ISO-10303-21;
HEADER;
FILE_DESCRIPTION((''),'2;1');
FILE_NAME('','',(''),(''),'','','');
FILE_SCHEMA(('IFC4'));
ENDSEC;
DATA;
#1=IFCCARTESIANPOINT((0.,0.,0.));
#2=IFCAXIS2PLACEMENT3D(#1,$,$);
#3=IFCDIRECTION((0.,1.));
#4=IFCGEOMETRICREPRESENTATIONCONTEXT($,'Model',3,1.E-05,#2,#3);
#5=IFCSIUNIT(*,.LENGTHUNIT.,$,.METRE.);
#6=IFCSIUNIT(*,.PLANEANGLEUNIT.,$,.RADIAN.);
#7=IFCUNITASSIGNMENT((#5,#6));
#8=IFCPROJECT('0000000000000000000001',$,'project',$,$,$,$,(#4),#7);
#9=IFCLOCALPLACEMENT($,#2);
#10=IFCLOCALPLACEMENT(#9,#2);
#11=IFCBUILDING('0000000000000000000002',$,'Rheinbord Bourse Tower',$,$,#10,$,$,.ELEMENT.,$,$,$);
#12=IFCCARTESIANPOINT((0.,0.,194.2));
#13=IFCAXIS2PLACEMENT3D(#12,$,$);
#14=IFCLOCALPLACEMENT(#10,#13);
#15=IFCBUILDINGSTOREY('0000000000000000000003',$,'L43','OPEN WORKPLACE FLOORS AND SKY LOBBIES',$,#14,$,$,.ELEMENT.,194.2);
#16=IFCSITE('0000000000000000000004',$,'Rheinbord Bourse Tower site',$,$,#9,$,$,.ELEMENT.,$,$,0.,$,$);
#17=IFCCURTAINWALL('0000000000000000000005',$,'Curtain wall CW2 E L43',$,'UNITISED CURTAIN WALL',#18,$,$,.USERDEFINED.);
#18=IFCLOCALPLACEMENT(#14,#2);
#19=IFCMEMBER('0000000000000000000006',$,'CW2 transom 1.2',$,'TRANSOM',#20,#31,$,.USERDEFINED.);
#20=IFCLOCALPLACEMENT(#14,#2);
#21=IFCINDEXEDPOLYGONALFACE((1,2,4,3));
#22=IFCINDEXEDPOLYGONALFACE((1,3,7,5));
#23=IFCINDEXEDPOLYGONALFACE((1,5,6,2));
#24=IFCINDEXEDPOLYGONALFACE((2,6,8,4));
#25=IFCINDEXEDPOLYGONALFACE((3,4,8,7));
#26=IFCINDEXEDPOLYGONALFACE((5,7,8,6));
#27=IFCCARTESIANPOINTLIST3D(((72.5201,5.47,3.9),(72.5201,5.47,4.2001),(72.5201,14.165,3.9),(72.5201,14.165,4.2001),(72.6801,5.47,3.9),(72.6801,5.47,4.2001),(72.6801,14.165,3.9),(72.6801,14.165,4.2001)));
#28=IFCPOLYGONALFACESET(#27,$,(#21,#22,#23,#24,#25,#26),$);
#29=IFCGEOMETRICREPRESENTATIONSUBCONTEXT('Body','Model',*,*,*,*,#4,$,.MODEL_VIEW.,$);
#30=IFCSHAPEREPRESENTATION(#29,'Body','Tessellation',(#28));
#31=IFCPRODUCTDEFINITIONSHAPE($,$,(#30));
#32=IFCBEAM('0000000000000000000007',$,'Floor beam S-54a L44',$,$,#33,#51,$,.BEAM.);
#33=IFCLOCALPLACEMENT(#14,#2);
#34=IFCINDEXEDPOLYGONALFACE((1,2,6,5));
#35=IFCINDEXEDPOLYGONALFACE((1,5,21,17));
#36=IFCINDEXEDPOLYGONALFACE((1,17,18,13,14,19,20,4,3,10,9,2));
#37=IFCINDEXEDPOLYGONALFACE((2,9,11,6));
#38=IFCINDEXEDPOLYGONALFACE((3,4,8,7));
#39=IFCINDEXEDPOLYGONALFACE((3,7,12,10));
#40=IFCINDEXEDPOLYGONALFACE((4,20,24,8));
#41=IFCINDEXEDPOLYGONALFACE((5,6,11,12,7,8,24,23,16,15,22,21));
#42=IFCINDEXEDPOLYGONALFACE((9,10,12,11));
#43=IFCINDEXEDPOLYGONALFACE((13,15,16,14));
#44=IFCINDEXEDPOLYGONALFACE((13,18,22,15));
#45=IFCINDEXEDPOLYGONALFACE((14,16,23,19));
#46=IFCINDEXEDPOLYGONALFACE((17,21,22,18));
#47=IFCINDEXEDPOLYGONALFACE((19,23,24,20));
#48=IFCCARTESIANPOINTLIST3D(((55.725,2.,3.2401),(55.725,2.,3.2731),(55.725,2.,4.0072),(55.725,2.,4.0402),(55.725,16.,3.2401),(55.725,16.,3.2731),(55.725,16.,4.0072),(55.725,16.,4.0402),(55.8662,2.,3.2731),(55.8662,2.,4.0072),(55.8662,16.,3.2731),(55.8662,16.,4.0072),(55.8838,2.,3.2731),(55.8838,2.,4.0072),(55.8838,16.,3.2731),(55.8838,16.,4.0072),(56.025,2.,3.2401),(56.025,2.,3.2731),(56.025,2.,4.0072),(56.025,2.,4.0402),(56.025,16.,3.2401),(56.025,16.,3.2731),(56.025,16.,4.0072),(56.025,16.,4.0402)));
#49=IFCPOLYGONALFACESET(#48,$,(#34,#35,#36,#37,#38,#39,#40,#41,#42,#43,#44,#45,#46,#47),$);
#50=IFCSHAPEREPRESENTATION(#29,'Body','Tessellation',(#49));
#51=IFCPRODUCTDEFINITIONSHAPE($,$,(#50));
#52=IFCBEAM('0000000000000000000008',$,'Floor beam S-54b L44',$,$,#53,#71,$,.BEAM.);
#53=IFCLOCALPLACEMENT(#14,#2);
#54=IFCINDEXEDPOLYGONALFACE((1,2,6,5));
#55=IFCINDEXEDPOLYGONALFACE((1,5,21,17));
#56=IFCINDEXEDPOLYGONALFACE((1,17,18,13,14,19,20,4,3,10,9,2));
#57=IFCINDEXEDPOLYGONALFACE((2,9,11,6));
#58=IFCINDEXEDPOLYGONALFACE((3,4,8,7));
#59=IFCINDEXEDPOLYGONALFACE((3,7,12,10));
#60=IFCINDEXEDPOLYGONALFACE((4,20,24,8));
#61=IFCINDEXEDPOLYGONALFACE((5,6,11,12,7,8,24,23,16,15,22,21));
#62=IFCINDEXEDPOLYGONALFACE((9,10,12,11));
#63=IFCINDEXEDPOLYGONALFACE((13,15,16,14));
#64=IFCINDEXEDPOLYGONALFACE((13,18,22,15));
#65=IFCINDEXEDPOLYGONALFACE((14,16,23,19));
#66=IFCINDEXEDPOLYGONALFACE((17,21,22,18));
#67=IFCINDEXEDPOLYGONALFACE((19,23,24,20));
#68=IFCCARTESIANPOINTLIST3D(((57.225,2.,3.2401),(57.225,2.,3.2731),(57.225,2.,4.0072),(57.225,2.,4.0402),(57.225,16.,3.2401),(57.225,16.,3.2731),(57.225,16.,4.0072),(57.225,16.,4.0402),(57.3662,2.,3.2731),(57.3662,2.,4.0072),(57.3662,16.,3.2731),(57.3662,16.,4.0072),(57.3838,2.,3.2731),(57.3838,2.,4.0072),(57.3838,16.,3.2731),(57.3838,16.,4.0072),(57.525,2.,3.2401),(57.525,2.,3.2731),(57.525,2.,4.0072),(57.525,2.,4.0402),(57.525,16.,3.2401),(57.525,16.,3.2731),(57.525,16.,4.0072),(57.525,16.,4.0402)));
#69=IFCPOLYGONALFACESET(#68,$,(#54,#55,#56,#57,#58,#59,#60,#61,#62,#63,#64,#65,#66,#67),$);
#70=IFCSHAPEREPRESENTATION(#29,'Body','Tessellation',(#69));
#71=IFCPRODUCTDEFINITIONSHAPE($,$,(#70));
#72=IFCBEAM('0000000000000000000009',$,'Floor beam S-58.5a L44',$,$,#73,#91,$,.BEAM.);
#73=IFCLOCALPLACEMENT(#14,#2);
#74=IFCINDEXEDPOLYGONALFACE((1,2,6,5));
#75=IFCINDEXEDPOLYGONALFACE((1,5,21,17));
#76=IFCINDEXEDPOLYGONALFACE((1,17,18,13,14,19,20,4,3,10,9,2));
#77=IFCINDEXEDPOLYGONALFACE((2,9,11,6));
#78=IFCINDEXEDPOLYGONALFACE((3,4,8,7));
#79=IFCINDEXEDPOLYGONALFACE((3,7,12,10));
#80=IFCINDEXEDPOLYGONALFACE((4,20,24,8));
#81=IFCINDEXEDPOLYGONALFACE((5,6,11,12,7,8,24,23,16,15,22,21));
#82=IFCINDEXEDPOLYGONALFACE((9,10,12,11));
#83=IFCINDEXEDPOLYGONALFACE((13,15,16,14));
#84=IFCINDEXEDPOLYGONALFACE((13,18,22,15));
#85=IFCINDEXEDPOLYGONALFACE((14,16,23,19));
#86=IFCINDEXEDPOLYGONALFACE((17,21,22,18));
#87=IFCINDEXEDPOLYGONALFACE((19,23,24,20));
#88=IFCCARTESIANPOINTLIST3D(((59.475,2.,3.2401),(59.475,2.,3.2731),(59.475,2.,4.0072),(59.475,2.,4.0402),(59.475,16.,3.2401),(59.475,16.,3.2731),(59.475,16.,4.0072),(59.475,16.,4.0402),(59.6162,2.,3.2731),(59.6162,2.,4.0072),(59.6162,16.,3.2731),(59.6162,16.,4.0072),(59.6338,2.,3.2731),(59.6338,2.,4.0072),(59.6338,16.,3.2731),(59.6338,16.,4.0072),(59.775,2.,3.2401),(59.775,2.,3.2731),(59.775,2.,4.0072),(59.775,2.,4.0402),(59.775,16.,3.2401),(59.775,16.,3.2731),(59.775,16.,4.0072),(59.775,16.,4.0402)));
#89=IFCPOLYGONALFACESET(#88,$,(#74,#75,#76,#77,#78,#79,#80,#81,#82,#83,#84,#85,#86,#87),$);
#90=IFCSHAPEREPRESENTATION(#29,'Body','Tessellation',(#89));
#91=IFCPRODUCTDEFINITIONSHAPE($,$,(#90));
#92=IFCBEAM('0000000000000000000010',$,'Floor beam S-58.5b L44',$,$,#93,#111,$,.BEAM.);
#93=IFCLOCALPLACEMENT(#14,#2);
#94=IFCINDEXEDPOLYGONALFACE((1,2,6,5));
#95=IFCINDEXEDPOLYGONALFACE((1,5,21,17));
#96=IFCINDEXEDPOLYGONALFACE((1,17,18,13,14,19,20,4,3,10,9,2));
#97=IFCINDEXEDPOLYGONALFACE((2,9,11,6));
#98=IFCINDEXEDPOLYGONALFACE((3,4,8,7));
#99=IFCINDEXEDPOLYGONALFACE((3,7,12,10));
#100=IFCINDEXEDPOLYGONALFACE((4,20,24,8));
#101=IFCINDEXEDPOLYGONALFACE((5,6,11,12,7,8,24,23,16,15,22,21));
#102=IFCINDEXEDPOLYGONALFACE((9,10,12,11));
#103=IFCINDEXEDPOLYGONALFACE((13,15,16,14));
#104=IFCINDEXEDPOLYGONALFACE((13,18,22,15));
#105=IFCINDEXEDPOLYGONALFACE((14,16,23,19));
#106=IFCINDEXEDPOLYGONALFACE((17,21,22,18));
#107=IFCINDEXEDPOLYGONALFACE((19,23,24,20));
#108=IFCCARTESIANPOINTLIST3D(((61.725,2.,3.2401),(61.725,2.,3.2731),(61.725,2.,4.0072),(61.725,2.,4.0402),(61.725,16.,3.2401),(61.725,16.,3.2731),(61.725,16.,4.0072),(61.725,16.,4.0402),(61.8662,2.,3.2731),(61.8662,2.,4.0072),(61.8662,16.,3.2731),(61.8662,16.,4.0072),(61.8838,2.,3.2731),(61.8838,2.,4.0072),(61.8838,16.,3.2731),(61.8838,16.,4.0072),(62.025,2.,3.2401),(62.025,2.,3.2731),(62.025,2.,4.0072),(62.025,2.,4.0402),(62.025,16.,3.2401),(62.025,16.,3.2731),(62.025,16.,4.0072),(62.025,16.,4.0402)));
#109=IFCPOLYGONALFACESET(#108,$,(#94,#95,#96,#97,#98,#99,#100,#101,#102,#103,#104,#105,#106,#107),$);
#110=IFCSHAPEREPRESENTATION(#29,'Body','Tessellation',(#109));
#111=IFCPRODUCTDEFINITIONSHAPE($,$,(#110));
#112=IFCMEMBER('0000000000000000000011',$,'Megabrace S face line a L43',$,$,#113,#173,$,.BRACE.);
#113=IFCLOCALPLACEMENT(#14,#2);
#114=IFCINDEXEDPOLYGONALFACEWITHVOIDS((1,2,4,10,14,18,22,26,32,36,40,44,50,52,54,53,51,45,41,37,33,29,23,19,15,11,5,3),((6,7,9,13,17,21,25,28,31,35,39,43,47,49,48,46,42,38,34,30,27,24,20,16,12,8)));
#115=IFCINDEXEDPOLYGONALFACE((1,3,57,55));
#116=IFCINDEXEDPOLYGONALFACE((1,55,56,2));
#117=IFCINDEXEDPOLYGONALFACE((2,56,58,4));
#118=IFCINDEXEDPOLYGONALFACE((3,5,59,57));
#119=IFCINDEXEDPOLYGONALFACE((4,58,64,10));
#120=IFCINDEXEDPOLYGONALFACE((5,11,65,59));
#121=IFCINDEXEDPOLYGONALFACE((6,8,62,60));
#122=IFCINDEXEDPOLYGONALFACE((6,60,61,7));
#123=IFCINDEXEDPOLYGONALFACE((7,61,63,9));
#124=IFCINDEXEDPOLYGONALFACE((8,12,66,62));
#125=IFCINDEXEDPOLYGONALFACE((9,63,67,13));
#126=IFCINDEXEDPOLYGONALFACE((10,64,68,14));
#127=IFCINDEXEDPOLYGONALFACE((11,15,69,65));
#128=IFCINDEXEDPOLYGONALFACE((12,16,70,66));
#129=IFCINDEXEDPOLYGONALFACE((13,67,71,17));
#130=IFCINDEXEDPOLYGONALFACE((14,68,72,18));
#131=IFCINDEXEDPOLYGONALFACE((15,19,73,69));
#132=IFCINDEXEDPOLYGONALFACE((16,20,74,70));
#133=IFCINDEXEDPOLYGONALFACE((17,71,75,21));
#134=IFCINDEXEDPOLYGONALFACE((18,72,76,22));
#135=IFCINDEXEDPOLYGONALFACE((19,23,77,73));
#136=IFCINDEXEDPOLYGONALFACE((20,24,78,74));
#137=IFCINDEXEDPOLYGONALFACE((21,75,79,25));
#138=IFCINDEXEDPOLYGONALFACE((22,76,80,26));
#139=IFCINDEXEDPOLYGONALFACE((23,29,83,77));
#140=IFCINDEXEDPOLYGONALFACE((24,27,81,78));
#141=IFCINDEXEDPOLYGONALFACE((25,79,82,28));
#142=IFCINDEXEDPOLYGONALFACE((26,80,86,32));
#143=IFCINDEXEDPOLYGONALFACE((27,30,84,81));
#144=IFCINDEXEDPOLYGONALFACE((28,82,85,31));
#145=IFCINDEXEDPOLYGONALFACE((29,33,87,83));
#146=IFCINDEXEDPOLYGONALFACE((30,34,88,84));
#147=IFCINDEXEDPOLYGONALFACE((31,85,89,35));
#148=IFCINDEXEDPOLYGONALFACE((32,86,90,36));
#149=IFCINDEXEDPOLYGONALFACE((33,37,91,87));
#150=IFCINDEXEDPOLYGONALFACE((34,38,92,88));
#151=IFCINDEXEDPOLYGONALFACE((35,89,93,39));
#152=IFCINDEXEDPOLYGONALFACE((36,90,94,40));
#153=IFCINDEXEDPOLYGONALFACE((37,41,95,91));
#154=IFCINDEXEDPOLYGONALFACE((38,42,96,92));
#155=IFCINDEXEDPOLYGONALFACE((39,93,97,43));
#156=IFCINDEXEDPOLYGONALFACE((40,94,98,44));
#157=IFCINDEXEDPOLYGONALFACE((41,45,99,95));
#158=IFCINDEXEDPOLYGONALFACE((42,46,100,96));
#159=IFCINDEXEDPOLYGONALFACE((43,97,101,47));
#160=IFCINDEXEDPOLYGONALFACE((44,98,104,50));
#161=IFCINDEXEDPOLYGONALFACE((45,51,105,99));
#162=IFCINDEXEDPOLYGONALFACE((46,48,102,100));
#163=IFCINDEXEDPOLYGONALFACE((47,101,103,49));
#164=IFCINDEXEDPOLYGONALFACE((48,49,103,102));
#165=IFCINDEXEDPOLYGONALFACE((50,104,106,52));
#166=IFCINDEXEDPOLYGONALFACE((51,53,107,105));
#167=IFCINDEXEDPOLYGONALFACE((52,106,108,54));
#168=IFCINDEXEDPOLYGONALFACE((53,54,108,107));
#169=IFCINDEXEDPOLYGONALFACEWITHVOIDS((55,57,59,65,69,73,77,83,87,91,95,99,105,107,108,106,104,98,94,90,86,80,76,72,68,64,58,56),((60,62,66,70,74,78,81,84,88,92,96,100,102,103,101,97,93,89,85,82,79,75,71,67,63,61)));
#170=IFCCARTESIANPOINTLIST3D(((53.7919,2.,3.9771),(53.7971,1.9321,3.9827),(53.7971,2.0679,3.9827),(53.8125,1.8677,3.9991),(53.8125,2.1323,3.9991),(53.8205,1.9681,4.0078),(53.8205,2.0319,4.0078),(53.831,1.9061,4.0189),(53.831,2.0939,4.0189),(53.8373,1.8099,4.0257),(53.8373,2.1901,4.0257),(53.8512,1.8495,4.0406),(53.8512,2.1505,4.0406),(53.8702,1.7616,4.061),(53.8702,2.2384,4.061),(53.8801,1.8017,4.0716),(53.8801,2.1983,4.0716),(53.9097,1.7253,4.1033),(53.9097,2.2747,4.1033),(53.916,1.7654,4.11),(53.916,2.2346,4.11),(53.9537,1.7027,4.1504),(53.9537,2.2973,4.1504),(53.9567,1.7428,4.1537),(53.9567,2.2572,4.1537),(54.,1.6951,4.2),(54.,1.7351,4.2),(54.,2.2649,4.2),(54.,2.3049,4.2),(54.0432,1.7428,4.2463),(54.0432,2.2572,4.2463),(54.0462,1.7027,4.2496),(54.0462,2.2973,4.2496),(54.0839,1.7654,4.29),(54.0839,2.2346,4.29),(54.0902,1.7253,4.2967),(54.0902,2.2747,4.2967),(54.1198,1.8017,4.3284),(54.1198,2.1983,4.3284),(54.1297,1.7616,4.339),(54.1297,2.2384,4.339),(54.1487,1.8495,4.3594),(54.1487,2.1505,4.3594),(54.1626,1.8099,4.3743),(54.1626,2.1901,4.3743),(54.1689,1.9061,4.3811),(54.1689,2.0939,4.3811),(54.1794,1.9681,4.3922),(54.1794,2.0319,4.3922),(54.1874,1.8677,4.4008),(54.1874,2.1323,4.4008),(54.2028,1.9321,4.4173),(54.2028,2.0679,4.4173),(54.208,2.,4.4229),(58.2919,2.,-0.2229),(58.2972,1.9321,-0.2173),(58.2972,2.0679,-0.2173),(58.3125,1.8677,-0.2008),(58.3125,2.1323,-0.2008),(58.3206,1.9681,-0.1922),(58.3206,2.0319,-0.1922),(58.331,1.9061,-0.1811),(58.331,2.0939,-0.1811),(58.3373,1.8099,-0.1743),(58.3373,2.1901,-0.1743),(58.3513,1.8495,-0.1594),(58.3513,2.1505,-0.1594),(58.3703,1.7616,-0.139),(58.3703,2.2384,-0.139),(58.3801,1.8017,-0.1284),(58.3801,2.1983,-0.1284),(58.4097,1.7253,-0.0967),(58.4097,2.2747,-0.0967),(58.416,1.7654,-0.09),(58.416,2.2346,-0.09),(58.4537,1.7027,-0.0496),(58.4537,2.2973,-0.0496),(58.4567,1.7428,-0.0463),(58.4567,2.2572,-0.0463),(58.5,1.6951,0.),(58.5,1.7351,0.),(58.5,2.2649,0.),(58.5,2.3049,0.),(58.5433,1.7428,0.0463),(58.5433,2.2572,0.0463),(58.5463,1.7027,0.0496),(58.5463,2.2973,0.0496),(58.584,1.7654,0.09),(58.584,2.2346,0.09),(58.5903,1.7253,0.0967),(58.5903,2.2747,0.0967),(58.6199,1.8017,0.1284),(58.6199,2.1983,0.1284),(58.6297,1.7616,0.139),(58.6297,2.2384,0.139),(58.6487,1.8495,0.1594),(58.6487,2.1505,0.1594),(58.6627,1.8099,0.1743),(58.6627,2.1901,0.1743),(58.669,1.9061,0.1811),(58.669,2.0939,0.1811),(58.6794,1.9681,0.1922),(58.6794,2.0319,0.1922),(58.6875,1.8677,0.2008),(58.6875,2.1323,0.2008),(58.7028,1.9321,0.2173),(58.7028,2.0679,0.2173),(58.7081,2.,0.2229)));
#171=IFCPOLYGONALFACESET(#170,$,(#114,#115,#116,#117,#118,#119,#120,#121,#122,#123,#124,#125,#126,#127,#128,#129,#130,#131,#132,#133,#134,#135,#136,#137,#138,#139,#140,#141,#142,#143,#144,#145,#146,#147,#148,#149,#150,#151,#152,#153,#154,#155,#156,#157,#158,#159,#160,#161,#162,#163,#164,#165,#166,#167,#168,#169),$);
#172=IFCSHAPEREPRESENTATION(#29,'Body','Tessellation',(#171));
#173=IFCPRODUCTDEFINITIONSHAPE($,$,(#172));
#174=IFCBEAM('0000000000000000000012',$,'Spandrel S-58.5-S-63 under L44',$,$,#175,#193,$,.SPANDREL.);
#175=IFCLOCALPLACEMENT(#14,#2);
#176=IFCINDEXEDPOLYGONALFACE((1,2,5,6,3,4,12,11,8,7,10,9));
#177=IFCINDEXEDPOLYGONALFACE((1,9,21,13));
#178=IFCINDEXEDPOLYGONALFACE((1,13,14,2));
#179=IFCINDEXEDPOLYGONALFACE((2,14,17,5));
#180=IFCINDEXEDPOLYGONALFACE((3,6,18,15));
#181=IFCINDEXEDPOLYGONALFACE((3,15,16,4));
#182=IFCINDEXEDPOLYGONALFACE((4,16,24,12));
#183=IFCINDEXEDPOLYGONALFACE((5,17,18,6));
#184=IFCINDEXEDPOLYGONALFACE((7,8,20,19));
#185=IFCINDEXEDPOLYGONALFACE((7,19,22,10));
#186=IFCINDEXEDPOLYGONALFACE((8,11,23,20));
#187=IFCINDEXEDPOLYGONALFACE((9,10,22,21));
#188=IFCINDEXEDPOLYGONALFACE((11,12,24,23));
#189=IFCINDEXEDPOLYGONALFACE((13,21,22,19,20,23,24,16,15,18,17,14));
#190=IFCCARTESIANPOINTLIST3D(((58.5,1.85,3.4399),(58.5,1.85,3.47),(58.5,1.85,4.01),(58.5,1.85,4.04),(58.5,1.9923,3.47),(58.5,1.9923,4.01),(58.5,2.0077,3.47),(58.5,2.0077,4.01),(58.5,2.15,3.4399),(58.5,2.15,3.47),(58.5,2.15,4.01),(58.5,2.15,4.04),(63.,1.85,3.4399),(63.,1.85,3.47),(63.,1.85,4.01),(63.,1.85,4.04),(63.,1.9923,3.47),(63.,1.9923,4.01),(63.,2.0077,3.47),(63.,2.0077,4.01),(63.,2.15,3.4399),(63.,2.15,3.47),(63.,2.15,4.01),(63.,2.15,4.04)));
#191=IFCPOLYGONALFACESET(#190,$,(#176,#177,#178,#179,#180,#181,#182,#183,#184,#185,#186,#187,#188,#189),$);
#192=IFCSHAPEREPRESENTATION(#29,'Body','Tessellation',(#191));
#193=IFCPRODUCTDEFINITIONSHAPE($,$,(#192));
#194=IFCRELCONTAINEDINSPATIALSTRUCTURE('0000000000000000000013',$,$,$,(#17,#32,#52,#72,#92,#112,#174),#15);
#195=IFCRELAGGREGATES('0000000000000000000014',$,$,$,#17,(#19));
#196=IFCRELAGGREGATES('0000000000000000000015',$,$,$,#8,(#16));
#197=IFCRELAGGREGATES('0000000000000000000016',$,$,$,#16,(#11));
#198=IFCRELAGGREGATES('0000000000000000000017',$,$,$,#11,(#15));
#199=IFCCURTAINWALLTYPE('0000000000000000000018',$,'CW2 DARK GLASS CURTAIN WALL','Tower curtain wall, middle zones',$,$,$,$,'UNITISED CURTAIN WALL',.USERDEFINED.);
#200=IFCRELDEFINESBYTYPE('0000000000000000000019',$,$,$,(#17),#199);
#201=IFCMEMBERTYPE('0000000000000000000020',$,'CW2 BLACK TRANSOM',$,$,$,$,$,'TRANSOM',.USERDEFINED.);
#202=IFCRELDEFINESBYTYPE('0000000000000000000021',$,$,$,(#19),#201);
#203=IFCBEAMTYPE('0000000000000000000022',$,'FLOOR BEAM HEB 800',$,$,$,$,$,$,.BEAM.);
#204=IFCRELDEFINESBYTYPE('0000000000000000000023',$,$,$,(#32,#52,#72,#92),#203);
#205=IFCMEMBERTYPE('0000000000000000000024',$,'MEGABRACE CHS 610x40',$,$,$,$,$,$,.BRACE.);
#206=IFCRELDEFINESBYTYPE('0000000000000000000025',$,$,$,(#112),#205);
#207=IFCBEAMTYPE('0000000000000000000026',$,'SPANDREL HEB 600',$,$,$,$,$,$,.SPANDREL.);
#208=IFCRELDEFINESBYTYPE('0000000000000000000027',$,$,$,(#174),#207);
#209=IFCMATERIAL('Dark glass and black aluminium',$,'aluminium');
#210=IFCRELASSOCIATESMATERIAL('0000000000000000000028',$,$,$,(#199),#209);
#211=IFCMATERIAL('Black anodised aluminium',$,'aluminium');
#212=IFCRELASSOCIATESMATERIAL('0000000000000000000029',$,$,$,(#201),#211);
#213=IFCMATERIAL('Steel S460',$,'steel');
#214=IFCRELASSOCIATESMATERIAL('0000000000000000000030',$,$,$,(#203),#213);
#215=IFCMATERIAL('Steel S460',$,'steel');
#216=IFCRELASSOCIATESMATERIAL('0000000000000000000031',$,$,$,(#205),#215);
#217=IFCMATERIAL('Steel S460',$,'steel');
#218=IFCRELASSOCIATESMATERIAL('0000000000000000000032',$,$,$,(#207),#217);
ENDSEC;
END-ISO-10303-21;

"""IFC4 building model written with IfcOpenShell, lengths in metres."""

from ifc_helpers import new_model, si_unit, direction, frame, origin, origin_2d, place, context, subcontext, project, spatial, rectangle, hollow_circle, i_section, extrude, material, material_profile, profile_set, type_object, element, aggregate, save


model = new_model("IFC4")

# Units and contexts
model_context = context("Model", 3, precision=1e-05, world=origin(), true_north=direction((0.0, 1.0)))
body_context = subcontext(model_context, "Body", "Model", "MODEL_VIEW")
ifc_project = project(units=[si_unit("LENGTHUNIT", "METRE"), si_unit("PLANEANGLEUNIT", "RADIAN")], contexts=[model_context])

# Site, building, storey
site_placement = place(None, origin())
site = spatial("IfcSite", under=ifc_project, at=site_placement, Name="Rheinbord Bourse Tower site", CompositionType="ELEMENT", RefElevation=0.0)
building_placement = place(site_placement, origin())
building = spatial("IfcBuilding", under=site, at=building_placement, Name="Rheinbord Bourse Tower", CompositionType="ELEMENT")
storey_placement = place(building_placement, frame((0.0, 0.0, 194.2)))
storey = spatial("IfcBuildingStorey", under=building, at=storey_placement, Name="L43", Description="OPEN WORKPLACE FLOORS AND SKY LOBBIES", CompositionType="ELEMENT", Elevation=194.2)

# Shared definitions
ifc_material_1 = material(Name="Dark glass and black aluminium", Category="aluminium")
curtain_wall_type = type_object("IfcCurtainWallType", Name="CW2 DARK GLASS CURTAIN WALL", Description="Tower curtain wall, middle zones", ElementType="UNITISED CURTAIN WALL", PredefinedType="USERDEFINED", material=ifc_material_1)

# Curtain wall
curtain_wall_1_placement = place(storey_placement, origin())
curtain_wall_1 = element("IfcCurtainWall", 1, at=curtain_wall_1_placement, inside=storey, type_object=curtain_wall_type, Name="Curtain wall CW2 E L43", ObjectType="UNITISED CURTAIN WALL", PredefinedType="USERDEFINED")

# Member
ifc_material_2 = material(Name="Black anodised aluminium", Category="aluminium")
ifc_material_profile_1 = material_profile(ifc_material_2, rectangle(XDim=0.1599, YDim=0.3, at=origin_2d()), Name="CW2 TRANSOM 300x160")
ifc_profile_set_1 = profile_set([ifc_material_profile_1], Name="Black anodised aluminium")
member_type_1 = type_object("IfcMemberType", Name="CW2 BLACK TRANSOM", ElementType="TRANSOM", PredefinedType="USERDEFINED", material=ifc_profile_set_1)
member_1_placement = place(storey_placement, frame((72.6001, 5.47, 4.05), z_axis=(0.0, 1.0, 0.0), x_axis=(-1.0, 0.0, 0.0)))
member_1 = element("IfcMember", 2, at=member_1_placement, type_object=member_type_1, Name="CW2 transom 1.2", ObjectType="TRANSOM", PredefinedType="USERDEFINED", context=body_context, shape_type="SweptSolid", body=[
    extrude(rectangle(XDim=0.1599, YDim=0.3, at=origin_2d()), origin(), (0.0, 0.0, 1.0), 8.6951),
])

# Beams
ifc_material_3 = material(Name="Steel S460", Category="steel")
ifc_material_profile_2 = material_profile(ifc_material_3, i_section(OverallWidth=0.3, OverallDepth=0.8, WebThickness=0.0176, FlangeThickness=0.033, at=origin_2d()), Name="HEB 800")
ifc_profile_set_2 = profile_set([ifc_material_profile_2], Name="Steel S460")
beam_type_1 = type_object("IfcBeamType", Name="FLOOR BEAM HEB 800", PredefinedType="BEAM", material=ifc_profile_set_2)
for number, where, z_axis, x_axis, name in (
    (3, (55.875, 2.0, 3.6401), (0.0, 1.0, 0.0), (-1.0, 0.0, 0.0), "Floor beam S-54a L44"),
    (4, (57.375, 2.0, 3.6401), (0.0, 1.0, 0.0), (-1.0, 0.0, 0.0), "Floor beam S-54b L44"),
    (5, (59.625, 2.0, 3.6401), (0.0, 1.0, 0.0), (-1.0, 0.0, 0.0), "Floor beam S-58.5a L44"),
    (6, (61.875, 2.0, 3.6401), (0.0, 1.0, 0.0), (-1.0, 0.0, 0.0), "Floor beam S-58.5b L44"),
):
    element("IfcBeam", number, at=place(storey_placement, frame(where, z_axis=z_axis, x_axis=x_axis)), inside=storey, type_object=beam_type_1, Name=name, PredefinedType="BEAM", context=body_context, shape_type="SweptSolid", body=[
        extrude(i_section(OverallWidth=0.3, OverallDepth=0.8, WebThickness=0.0176, FlangeThickness=0.033, at=origin_2d()), origin(), (0.0, 0.0, 1.0), 14.0),
    ])

# Member
ifc_material_4 = material(Name="Steel S460", Category="steel")
ifc_material_profile_3 = material_profile(ifc_material_4, hollow_circle(Radius=0.3049, WallThickness=0.04, at=origin_2d()), Name="CHS 610x40")
ifc_profile_set_3 = profile_set([ifc_material_profile_3], Name="Steel S460")
member_type_2 = type_object("IfcMemberType", Name="MEGABRACE CHS 610x40", PredefinedType="BRACE", material=ifc_profile_set_3)
member_2_placement = place(storey_placement, frame((58.5, 2.0, 0.0), z_axis=(-0.731059, 0.0, 0.682314), x_axis=(0.0, -1.0, 0.0)))
element("IfcMember", 7, at=member_2_placement, inside=storey, type_object=member_type_2, Name="Megabrace S face line a L43", PredefinedType="BRACE", context=body_context, shape_type="SweptSolid", body=[
    extrude(hollow_circle(Radius=0.3049, WallThickness=0.04, at=origin_2d()), origin(), (0.0, 0.0, 1.0), 6.1555),
])

# Beam
ifc_material_5 = material(Name="Steel S460", Category="steel")
ifc_material_profile_4 = material_profile(ifc_material_5, i_section(OverallWidth=0.3, OverallDepth=0.6001, WebThickness=0.0154, FlangeThickness=0.03, at=origin_2d()), Name="HEB 600")
ifc_profile_set_4 = profile_set([ifc_material_profile_4], Name="Steel S460")
beam_type_2 = type_object("IfcBeamType", Name="SPANDREL HEB 600", PredefinedType="SPANDREL", material=ifc_profile_set_4)
for number, where, z_axis, x_axis, name in (
    (8, (58.5, 2.0, 3.74), (1.0, 0.0, 0.0), (0.0, 1.0, 0.0), "Spandrel S-58.5-S-63 under L44"),
):
    element("IfcBeam", number, at=place(storey_placement, frame(where, z_axis=z_axis, x_axis=x_axis)), inside=storey, type_object=beam_type_2, Name=name, PredefinedType="SPANDREL", context=body_context, shape_type="SweptSolid", body=[
        extrude(i_section(OverallWidth=0.3, OverallDepth=0.6001, WebThickness=0.0154, FlangeThickness=0.03, at=origin_2d()), origin(), (0.0, 0.0, 1.0), 4.5),
    ])

aggregate(curtain_wall_1, [member_1])

save(model, "model.ifc")
